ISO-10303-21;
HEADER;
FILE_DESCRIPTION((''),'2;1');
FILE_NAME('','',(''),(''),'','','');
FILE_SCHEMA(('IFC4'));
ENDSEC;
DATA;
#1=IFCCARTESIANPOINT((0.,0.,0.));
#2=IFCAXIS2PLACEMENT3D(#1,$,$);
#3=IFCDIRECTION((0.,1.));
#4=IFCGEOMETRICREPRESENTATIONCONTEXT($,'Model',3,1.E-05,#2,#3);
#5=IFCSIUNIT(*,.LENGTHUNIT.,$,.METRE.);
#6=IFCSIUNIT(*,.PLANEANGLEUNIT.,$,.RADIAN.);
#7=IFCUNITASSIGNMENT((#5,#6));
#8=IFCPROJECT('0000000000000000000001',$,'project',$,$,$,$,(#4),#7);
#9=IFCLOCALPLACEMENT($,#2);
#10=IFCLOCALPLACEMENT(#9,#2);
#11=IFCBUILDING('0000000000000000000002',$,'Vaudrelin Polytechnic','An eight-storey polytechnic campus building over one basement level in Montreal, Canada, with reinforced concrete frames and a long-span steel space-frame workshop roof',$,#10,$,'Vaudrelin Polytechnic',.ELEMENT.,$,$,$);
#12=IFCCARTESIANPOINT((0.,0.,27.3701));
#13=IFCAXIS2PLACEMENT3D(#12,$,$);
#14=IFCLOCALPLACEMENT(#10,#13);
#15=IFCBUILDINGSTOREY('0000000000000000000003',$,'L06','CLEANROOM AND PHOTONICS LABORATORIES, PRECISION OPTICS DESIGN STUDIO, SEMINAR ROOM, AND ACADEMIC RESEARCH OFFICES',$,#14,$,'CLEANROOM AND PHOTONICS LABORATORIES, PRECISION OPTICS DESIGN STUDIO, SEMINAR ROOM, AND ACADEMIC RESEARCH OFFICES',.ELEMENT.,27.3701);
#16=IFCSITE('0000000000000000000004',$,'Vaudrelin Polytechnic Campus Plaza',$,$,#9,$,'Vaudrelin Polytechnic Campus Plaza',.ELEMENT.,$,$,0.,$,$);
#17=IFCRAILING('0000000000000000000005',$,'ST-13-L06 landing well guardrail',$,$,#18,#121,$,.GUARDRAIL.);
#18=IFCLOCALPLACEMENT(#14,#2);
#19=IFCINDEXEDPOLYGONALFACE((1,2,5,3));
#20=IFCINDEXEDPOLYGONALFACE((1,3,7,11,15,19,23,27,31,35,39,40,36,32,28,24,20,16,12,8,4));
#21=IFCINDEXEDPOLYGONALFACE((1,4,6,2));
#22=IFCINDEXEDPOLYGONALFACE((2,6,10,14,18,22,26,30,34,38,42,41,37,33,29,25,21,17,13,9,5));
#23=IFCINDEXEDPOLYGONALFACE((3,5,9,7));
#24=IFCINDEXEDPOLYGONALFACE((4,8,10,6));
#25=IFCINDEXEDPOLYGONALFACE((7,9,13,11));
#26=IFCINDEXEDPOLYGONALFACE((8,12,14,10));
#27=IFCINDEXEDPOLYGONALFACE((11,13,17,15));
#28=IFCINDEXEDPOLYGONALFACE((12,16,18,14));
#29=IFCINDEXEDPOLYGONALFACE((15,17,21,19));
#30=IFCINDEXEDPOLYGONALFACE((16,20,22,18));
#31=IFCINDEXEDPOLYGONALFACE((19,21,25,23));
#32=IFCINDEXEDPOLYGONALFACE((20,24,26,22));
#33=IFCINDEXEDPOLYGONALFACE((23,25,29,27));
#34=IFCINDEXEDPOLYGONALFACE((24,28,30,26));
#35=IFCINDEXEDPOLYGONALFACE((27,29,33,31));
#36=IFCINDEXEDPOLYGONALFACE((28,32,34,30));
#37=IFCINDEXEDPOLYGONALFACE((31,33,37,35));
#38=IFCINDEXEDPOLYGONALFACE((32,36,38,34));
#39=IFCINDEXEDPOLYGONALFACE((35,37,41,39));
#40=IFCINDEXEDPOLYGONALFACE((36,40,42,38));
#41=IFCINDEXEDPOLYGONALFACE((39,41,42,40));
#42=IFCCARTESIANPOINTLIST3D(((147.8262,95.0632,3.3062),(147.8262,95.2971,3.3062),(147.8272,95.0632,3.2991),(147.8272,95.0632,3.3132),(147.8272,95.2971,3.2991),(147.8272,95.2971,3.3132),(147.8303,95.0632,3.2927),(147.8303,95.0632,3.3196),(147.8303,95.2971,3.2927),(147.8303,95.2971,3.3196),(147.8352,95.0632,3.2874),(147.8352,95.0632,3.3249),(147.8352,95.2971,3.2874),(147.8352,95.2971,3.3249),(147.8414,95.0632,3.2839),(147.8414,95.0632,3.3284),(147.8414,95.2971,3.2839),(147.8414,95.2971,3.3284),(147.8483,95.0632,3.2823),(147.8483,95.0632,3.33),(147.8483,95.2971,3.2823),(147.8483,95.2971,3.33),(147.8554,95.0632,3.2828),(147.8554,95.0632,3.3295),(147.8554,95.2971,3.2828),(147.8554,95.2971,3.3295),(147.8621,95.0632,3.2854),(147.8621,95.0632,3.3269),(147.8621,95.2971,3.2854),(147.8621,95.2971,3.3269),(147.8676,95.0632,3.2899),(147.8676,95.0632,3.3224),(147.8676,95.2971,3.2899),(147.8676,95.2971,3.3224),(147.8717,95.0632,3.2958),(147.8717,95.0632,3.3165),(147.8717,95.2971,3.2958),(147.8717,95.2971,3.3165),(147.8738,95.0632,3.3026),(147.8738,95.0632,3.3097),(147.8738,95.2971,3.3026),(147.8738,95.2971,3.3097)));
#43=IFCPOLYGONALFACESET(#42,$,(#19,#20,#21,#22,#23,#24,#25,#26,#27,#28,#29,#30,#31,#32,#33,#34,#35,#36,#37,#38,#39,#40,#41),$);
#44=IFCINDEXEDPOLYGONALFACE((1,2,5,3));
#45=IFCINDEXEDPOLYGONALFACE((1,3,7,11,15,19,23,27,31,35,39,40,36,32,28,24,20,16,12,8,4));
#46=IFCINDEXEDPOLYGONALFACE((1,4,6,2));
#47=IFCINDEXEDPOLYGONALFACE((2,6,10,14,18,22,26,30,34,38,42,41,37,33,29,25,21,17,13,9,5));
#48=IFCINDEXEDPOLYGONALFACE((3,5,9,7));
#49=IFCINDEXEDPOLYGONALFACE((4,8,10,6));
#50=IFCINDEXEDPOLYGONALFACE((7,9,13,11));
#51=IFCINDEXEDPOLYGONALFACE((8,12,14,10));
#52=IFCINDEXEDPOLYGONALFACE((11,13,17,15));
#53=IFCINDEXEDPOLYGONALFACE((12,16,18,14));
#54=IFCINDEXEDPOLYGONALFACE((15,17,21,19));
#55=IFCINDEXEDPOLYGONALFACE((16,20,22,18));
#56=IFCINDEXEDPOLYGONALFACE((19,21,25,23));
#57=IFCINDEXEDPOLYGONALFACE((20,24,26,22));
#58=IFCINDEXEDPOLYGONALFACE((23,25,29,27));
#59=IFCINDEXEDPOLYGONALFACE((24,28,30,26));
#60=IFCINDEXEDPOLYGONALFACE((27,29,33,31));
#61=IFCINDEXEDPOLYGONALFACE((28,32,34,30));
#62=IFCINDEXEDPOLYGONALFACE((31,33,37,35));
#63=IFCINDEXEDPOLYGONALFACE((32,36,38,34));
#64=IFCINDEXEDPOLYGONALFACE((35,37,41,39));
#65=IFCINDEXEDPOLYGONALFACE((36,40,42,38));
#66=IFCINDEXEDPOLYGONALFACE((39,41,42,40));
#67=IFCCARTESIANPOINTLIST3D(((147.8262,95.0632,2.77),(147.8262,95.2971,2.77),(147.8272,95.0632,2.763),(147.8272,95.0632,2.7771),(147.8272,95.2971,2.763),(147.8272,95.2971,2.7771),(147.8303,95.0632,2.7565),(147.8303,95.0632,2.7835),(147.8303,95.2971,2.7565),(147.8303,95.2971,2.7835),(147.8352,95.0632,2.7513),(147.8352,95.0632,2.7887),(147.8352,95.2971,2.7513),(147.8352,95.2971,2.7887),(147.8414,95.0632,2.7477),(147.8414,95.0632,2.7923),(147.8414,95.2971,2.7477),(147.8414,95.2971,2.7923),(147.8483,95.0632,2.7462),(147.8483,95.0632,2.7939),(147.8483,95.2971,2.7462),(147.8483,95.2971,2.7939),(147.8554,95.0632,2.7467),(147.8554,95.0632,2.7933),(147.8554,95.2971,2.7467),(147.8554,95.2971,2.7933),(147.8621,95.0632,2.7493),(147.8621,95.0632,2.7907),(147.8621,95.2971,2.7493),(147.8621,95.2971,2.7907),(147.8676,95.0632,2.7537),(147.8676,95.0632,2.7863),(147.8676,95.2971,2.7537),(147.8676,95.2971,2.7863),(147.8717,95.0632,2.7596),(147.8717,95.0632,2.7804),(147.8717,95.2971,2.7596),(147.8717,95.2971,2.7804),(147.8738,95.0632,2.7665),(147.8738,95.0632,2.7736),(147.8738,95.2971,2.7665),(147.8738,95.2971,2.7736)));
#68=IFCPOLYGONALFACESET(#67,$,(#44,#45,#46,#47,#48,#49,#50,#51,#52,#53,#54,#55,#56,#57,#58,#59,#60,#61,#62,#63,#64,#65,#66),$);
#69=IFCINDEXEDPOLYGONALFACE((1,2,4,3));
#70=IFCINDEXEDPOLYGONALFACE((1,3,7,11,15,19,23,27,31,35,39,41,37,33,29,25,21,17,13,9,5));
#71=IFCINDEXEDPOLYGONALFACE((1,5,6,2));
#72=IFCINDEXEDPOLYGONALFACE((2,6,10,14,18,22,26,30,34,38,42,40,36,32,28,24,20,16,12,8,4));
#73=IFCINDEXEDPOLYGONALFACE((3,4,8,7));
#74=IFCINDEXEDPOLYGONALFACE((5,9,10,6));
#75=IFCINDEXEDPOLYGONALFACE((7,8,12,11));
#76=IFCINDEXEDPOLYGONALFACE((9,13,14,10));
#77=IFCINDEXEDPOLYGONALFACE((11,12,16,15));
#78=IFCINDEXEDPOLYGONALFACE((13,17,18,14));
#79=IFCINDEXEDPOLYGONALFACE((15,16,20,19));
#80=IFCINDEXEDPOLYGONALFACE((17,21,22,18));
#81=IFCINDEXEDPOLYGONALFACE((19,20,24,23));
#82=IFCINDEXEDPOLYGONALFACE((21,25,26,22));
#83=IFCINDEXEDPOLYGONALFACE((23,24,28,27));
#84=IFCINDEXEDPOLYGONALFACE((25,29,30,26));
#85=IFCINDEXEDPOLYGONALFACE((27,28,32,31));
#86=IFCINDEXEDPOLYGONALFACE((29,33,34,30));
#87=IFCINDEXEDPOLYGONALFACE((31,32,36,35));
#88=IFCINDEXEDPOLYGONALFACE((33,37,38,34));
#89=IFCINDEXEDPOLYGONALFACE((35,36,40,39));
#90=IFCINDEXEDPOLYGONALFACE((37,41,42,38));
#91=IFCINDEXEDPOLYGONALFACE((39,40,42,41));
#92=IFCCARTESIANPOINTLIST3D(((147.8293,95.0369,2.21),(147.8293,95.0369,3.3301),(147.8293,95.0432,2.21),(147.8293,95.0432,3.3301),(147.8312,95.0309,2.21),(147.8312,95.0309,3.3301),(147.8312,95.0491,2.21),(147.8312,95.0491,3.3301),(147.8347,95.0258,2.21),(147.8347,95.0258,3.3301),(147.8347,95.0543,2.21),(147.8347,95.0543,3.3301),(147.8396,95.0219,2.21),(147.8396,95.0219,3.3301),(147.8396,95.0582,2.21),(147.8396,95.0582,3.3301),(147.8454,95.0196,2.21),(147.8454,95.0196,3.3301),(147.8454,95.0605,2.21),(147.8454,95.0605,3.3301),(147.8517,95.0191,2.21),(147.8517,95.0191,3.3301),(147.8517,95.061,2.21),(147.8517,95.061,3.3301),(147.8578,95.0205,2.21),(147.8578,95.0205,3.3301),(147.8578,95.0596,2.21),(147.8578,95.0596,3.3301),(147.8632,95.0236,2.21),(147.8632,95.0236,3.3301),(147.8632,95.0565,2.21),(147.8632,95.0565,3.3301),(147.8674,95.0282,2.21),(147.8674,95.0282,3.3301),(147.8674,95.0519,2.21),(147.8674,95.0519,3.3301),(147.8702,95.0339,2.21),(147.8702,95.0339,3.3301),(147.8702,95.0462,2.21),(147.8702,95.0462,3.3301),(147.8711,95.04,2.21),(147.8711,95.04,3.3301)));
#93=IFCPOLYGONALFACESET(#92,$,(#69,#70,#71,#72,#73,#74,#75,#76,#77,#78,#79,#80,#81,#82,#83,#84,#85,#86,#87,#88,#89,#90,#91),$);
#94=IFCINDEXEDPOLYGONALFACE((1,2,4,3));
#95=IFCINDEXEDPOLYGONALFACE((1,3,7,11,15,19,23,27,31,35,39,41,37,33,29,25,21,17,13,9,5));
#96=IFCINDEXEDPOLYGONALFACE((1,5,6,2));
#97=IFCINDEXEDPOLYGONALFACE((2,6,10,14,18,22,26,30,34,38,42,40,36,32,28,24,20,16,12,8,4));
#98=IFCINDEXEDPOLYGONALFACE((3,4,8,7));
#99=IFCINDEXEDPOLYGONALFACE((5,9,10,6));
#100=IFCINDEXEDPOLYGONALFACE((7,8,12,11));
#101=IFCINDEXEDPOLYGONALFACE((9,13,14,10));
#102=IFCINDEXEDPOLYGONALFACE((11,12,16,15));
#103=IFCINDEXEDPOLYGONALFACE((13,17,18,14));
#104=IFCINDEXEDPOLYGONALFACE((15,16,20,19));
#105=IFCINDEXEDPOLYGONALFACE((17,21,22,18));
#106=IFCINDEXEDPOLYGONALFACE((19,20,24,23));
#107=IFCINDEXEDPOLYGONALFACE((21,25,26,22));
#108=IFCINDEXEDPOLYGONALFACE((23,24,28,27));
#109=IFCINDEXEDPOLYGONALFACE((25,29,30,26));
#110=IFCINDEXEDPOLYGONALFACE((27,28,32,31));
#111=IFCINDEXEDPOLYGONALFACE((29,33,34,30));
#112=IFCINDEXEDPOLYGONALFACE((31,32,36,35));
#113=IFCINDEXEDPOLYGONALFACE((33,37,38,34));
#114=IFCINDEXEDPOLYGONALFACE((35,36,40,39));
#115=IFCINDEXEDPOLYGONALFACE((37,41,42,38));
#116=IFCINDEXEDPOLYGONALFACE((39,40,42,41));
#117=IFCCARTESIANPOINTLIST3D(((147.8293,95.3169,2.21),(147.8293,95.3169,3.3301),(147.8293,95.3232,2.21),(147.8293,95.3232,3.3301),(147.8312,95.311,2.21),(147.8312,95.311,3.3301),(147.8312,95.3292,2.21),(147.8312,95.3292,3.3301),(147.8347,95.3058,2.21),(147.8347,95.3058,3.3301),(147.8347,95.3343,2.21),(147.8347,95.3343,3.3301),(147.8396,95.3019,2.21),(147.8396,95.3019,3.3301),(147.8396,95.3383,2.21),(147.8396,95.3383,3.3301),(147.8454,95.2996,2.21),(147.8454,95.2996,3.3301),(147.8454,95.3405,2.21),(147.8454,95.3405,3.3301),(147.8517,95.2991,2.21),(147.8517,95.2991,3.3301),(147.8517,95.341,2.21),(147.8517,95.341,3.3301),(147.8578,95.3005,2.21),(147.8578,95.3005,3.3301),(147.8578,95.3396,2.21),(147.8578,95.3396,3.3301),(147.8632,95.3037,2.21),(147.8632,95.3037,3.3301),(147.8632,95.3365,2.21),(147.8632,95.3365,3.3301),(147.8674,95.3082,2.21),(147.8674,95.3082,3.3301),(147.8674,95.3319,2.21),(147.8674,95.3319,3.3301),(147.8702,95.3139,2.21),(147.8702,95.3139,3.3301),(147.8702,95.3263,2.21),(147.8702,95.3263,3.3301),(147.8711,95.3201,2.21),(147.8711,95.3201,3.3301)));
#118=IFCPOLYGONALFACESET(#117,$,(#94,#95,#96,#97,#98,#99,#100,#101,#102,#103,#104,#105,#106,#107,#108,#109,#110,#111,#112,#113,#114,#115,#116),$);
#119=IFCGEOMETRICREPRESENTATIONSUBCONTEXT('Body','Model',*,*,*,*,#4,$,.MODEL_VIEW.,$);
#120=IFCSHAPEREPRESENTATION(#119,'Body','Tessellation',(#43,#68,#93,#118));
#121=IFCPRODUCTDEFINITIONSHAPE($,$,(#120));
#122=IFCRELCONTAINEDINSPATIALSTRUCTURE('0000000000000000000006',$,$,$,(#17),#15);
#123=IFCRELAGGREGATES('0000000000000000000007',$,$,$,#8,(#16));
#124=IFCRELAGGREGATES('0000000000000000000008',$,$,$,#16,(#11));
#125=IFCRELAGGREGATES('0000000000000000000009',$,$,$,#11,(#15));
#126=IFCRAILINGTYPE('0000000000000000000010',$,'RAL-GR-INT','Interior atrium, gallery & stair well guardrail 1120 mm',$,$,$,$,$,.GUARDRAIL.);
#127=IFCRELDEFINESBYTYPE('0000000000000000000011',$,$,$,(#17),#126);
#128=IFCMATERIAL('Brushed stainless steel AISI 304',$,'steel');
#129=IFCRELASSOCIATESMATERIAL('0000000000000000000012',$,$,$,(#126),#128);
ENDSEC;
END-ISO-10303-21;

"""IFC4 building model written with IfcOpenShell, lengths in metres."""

from ifc_helpers import new_model, si_unit, direction, frame, origin, origin_2d, place, context, subcontext, project, spatial, circle, extrude, material, type_object, element, save


model = new_model("IFC4")

# Units and contexts
model_context = context("Model", 3, precision=1e-05, world=origin(), true_north=direction((0.0, 1.0)))
body_context = subcontext(model_context, "Body", "Model", "MODEL_VIEW")
ifc_project = project(units=[si_unit("LENGTHUNIT", "METRE"), si_unit("PLANEANGLEUNIT", "RADIAN")], contexts=[model_context])

# Site, building, storey
site_placement = place(None, origin())
site = spatial("IfcSite", under=ifc_project, at=site_placement, Name="Vaudrelin Polytechnic Campus Plaza", LongName="Vaudrelin Polytechnic Campus Plaza", CompositionType="ELEMENT", RefElevation=0.0)
building_placement = place(site_placement, origin())
building = spatial("IfcBuilding", under=site, at=building_placement, Name="Vaudrelin Polytechnic", Description="An eight-storey polytechnic campus building over one basement level in Montreal, Canada, with reinforced concrete frames and a long-span steel space-frame workshop roof", LongName="Vaudrelin Polytechnic", CompositionType="ELEMENT")
storey_placement = place(building_placement, frame((0.0, 0.0, 27.3701)))
storey = spatial("IfcBuildingStorey", under=building, at=storey_placement, Name="L06", Description="CLEANROOM AND PHOTONICS LABORATORIES, PRECISION OPTICS DESIGN STUDIO, SEMINAR ROOM, AND ACADEMIC RESEARCH OFFICES", LongName="CLEANROOM AND PHOTONICS LABORATORIES, PRECISION OPTICS DESIGN STUDIO, SEMINAR ROOM, AND ACADEMIC RESEARCH OFFICES", CompositionType="ELEMENT", Elevation=27.3701)

# Railing
ifc_material_1 = material(Name="Brushed stainless steel AISI 304", Category="steel")
railing_type = type_object("IfcRailingType", Name="RAL-GR-INT", Description="Interior atrium, gallery & stair well guardrail 1120 mm", PredefinedType="GUARDRAIL", material=ifc_material_1)
railing_placement = place(storey_placement, frame((147.8501, 95.04, 2.21)))
element("IfcRailing", 1, at=railing_placement, inside=storey, type_object=railing_type, Name="ST-13-L06 landing well guardrail", PredefinedType="GUARDRAIL", context=body_context, shape_type="SweptSolid", body=[
    extrude(circle(Radius=0.0239, at=origin_2d()), frame((0.0, 0.0232, 1.0962), z_axis=(0.0, 1.0, 0.0), x_axis=(-1.0, 0.0, 0.0)), (0.0, 0.0, 1.0), 0.2339),
    extrude(circle(Radius=0.0239, at=origin_2d()), frame((0.0, 0.0232, 0.5601), z_axis=(0.0, 1.0, 0.0), x_axis=(-1.0, 0.0, 0.0)), (0.0, 0.0, 1.0), 0.2339),
    extrude(circle(Radius=0.021, at=origin_2d()), origin(), (0.0, 0.0, 1.0), 1.1201),
    extrude(circle(Radius=0.021, at=origin_2d()), frame((0.0, 0.28, 0.0)), (0.0, 0.0, 1.0), 1.1201),
])

save(model, "model.ifc")
